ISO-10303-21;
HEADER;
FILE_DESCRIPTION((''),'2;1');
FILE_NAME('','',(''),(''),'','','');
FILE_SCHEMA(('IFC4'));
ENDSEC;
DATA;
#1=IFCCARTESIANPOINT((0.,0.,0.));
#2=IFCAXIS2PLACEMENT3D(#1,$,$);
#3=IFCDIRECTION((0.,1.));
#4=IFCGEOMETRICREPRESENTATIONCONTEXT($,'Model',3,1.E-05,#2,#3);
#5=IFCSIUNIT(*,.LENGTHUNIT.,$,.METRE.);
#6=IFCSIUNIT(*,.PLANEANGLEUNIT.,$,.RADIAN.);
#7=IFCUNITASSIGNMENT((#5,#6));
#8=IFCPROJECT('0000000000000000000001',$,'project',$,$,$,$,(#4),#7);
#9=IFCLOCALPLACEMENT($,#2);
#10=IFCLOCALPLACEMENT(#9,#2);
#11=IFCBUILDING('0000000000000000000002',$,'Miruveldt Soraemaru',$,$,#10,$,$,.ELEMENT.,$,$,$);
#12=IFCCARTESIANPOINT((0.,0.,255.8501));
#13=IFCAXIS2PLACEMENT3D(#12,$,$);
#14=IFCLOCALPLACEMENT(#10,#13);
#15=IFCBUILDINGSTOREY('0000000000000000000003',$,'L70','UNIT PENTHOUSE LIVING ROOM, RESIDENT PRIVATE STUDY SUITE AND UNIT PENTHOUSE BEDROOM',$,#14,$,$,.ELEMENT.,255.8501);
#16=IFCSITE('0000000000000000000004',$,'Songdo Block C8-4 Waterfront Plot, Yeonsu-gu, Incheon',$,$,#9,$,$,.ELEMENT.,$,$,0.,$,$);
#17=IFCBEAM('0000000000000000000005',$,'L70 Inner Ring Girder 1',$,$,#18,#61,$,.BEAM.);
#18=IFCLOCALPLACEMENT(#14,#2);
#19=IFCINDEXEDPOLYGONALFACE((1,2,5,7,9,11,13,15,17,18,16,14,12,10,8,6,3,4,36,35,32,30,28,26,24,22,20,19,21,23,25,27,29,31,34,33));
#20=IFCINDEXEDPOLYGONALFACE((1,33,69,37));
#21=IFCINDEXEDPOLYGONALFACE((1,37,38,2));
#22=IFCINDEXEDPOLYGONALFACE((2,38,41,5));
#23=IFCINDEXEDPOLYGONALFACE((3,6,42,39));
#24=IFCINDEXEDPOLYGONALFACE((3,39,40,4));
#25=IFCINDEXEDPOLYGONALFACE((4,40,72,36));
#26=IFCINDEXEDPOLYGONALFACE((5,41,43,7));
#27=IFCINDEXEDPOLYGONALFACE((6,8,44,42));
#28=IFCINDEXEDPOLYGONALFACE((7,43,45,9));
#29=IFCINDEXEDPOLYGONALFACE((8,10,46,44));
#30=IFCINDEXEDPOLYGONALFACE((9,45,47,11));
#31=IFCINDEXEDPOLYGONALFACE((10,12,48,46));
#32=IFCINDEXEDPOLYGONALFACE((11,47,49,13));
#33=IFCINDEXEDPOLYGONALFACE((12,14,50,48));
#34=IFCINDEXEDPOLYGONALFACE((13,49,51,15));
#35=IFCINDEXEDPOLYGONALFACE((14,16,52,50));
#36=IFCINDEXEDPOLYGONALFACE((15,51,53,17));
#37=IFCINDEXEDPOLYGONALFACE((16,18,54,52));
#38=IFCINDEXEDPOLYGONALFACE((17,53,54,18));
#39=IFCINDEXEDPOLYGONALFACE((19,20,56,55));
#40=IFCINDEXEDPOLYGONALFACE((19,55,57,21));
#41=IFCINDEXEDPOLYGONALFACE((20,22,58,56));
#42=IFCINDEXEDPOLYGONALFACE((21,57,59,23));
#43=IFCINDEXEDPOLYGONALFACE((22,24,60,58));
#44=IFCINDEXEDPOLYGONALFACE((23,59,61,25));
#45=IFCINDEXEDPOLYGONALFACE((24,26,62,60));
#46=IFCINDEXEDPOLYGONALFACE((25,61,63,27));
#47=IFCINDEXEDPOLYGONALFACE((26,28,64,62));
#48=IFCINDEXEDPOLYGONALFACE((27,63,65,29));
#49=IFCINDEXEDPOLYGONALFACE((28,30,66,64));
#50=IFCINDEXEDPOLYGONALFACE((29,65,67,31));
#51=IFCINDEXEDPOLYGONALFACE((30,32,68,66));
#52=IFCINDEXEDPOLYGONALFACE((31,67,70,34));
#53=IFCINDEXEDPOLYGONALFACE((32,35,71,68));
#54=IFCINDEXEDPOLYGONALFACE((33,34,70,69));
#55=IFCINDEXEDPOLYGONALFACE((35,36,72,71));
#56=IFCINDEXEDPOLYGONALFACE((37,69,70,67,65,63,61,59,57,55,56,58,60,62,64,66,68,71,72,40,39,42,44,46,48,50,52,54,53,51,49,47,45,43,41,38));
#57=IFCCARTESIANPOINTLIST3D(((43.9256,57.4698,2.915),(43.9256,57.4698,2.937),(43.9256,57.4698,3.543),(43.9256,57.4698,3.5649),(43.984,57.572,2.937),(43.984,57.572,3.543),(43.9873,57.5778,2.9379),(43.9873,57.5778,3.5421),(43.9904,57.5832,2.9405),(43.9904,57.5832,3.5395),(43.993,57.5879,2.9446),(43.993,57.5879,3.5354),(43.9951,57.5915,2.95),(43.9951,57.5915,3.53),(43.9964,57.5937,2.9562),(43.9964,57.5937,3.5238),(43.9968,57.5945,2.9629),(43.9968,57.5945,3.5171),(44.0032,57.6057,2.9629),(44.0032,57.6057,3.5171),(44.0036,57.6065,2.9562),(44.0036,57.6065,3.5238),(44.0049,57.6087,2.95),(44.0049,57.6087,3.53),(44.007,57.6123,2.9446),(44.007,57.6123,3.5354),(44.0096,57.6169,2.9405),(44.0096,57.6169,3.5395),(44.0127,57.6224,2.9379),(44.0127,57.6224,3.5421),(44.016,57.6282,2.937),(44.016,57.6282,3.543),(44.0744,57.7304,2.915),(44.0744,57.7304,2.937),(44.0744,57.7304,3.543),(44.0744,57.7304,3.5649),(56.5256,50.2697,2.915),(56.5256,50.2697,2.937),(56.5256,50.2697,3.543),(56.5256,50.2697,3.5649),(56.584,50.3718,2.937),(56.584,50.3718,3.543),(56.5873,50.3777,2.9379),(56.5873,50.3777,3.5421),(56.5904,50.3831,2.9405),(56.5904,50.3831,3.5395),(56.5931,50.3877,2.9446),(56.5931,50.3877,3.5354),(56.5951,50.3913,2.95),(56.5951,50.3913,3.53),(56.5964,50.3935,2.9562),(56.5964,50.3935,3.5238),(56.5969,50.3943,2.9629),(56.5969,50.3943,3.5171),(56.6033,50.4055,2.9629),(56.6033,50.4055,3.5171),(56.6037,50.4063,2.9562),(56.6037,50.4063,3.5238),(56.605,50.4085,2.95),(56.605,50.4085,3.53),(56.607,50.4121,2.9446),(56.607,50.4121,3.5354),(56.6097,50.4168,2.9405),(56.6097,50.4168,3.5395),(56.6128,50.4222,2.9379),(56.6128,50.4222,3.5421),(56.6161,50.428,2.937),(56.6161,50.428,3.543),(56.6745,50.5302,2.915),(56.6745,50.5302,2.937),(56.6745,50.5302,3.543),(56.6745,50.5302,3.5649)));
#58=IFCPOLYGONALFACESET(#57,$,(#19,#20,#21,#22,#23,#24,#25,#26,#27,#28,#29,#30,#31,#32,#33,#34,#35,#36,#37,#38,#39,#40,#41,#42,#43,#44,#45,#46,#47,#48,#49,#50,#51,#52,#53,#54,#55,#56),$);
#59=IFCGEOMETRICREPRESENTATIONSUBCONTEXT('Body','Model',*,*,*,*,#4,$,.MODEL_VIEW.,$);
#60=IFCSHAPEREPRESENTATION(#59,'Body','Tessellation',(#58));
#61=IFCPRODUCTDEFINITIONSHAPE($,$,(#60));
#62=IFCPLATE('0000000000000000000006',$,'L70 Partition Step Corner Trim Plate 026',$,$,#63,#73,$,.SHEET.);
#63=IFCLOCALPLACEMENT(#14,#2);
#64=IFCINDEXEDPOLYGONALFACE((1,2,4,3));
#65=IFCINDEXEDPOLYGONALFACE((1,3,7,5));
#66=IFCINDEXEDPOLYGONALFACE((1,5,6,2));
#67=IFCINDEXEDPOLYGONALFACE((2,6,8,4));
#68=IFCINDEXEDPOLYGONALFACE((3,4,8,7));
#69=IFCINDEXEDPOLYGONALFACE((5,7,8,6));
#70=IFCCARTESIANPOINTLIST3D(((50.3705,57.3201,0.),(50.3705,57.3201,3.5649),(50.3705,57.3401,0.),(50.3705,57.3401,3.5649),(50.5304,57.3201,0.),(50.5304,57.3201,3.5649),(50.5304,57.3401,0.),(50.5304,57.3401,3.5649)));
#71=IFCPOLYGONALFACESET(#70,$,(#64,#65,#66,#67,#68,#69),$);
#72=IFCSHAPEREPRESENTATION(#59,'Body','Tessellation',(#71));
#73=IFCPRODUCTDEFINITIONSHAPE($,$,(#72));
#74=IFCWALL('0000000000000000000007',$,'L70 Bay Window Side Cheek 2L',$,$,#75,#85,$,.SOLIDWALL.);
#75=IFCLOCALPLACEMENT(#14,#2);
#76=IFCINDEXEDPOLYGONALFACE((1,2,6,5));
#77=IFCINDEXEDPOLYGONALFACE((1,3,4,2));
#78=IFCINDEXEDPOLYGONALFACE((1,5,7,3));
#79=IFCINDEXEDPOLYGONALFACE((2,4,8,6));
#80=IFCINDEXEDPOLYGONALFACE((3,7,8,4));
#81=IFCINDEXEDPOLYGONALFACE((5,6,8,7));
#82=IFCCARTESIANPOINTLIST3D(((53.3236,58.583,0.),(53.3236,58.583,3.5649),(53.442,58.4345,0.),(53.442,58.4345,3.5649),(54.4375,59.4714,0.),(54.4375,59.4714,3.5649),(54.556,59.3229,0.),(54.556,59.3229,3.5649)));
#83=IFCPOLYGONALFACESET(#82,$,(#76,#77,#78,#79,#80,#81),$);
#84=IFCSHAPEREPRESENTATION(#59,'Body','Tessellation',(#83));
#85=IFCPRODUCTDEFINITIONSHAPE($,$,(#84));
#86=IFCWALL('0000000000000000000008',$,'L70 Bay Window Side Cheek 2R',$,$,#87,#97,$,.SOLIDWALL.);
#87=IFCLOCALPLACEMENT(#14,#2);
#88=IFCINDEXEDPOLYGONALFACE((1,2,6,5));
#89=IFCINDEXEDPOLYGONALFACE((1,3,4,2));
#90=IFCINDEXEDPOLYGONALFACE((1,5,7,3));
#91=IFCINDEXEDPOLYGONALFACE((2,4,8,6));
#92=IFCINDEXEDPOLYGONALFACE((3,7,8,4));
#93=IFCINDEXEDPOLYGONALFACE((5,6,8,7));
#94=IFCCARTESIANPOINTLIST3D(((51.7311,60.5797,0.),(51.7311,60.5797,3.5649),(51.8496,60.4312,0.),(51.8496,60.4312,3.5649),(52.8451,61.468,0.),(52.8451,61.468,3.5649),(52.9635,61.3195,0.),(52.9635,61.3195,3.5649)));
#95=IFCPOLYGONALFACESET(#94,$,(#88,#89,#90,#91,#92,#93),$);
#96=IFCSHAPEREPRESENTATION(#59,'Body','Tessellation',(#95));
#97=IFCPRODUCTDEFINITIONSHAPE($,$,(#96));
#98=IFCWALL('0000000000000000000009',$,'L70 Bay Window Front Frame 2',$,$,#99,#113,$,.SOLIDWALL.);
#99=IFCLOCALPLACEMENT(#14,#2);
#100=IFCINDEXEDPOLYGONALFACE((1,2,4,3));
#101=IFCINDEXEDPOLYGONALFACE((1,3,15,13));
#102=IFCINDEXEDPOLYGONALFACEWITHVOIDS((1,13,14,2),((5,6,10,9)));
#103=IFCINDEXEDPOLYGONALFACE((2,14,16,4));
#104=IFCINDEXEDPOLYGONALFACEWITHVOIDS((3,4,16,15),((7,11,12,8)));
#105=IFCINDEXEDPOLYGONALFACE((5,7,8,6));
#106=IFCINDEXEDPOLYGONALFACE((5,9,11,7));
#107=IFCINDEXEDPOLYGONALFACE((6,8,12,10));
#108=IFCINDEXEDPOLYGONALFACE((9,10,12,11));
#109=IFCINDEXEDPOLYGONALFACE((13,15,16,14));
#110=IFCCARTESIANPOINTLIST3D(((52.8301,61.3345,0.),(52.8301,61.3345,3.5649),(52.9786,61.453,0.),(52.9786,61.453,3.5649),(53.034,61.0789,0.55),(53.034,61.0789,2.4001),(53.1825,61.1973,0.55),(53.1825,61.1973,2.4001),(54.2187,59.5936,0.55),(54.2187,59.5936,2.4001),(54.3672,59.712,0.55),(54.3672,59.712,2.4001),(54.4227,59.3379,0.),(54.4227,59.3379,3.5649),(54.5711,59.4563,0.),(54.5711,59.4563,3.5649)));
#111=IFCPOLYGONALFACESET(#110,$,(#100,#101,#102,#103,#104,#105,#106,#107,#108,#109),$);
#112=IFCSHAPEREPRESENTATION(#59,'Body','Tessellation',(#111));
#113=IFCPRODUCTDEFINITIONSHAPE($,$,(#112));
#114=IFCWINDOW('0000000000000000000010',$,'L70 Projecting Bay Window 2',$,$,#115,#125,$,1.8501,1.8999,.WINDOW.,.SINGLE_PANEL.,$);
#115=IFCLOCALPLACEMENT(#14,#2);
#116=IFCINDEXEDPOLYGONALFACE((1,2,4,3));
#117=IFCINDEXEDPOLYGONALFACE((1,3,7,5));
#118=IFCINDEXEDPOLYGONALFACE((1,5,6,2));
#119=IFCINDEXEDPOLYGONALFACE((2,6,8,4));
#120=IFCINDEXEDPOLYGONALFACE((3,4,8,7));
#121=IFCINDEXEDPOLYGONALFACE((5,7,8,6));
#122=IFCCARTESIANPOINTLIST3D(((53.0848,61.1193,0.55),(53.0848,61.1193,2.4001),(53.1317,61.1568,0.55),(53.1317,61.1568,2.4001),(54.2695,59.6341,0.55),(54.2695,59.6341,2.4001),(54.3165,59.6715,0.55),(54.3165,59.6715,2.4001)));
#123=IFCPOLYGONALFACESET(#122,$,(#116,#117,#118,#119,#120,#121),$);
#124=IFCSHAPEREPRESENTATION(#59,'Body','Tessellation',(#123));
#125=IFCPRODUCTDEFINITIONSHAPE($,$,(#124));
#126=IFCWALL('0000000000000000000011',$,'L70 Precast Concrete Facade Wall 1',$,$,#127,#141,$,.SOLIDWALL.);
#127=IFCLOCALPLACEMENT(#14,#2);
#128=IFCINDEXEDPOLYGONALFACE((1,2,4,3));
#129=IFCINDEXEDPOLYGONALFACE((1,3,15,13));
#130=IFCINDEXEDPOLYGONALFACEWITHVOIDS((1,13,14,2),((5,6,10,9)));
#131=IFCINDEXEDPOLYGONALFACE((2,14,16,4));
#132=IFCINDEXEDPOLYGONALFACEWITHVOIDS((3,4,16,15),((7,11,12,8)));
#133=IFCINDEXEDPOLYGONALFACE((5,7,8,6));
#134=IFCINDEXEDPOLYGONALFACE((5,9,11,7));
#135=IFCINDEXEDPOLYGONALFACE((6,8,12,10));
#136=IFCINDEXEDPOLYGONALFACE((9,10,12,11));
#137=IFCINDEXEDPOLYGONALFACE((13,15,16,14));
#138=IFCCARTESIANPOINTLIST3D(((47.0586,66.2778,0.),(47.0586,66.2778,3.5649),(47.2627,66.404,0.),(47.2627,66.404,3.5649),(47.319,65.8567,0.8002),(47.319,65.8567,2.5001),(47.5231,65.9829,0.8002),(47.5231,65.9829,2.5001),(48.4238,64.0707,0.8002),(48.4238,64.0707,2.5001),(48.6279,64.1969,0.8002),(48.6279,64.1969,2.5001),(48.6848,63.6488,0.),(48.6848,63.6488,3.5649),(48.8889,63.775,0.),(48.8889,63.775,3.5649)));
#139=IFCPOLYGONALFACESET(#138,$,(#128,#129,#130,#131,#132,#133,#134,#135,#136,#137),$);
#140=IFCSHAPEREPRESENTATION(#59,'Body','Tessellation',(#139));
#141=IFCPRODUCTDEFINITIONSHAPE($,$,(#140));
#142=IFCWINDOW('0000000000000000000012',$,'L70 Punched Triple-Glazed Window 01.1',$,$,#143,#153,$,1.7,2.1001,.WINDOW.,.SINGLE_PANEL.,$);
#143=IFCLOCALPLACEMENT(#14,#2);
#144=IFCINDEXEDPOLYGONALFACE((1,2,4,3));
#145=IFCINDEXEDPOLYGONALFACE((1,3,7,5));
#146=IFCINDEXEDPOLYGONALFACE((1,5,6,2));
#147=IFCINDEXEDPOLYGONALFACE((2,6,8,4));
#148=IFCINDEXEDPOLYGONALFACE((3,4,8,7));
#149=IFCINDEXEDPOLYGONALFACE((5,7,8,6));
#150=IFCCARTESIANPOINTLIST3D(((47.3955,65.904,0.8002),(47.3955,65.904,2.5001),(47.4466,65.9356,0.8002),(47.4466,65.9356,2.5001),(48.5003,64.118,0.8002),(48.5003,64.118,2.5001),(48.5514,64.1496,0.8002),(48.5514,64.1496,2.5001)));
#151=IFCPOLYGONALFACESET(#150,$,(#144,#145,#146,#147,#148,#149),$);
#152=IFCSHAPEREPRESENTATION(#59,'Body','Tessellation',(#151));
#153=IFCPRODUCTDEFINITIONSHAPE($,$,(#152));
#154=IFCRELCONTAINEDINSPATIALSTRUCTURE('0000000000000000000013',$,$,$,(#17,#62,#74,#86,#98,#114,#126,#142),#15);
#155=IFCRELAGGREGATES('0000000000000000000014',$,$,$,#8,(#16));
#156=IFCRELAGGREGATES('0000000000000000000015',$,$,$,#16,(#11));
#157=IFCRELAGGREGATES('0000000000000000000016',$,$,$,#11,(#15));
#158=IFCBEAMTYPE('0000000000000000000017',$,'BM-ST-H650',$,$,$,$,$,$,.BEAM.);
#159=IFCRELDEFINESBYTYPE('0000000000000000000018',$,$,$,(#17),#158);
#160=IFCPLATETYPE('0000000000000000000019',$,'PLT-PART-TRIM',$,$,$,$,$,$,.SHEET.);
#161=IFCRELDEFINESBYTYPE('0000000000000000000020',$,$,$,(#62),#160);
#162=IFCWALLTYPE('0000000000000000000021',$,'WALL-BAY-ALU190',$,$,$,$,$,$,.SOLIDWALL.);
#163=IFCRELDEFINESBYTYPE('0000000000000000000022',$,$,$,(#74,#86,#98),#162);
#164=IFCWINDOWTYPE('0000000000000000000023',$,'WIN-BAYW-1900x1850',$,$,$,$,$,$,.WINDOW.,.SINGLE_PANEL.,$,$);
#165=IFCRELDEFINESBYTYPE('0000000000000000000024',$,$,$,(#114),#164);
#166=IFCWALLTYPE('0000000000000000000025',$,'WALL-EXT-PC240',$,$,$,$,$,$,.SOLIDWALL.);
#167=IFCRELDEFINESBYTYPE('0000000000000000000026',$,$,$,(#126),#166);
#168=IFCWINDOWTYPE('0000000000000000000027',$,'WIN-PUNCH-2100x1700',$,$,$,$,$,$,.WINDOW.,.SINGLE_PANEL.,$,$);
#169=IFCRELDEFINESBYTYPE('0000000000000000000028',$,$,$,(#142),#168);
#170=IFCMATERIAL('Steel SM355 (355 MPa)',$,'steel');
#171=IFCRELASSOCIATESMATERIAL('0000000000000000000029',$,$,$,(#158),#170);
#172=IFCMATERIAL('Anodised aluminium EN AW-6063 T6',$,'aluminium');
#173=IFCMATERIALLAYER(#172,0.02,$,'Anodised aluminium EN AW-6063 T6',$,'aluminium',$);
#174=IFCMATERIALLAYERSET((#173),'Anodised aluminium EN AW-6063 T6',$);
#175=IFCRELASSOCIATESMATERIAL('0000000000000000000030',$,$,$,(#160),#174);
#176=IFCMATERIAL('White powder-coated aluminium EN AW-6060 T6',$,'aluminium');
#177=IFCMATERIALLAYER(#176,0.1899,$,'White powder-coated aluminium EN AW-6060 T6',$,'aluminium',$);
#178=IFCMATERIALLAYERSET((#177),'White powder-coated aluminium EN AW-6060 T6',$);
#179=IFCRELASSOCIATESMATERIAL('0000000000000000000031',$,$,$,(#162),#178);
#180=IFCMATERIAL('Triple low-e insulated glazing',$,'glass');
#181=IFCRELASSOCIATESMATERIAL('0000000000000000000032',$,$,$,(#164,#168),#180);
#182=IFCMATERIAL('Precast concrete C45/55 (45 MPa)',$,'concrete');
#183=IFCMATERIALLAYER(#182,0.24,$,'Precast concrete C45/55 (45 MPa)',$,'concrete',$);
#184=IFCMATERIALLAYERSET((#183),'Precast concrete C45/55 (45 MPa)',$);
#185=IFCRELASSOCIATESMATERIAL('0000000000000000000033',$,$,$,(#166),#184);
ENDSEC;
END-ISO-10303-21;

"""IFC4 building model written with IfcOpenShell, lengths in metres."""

from ifc_helpers import new_model, si_unit, direction, frame, frame_2d, origin, origin_2d, place, context, subcontext, project, spatial, rectangle, i_section, extrude, material, layer, layer_set, material_profile, profile_set, type_object, element, fill, save


model = new_model("IFC4")

# Units and contexts
model_context = context("Model", 3, precision=1e-05, world=origin(), true_north=direction((0.0, 1.0)))
body_context = subcontext(model_context, "Body", "Model", "MODEL_VIEW")
ifc_project = project(units=[si_unit("LENGTHUNIT", "METRE"), si_unit("PLANEANGLEUNIT", "RADIAN")], contexts=[model_context])

# Site, building, storey
site_placement = place(None, origin())
site = spatial("IfcSite", under=ifc_project, at=site_placement, Name="Songdo Block C8-4 Waterfront Plot, Yeonsu-gu, Incheon", CompositionType="ELEMENT", RefElevation=0.0)
building_placement = place(site_placement, origin())
building = spatial("IfcBuilding", under=site, at=building_placement, Name="Miruveldt Soraemaru", CompositionType="ELEMENT")
storey_placement = place(building_placement, frame((0.0, 0.0, 255.8501)))
storey = spatial("IfcBuildingStorey", under=building, at=storey_placement, Name="L70", Description="UNIT PENTHOUSE LIVING ROOM, RESIDENT PRIVATE STUDY SUITE AND UNIT PENTHOUSE BEDROOM", CompositionType="ELEMENT", Elevation=255.8501)

# Beam
ifc_material_1 = material(Name="Steel SM355 (355 MPa)", Category="steel")
ifc_material_profile = material_profile(ifc_material_1, i_section(OverallWidth=0.3, OverallDepth=0.6499, WebThickness=0.0129, FlangeThickness=0.022, FilletRadius=0.0259, at=origin_2d()), Name="Steel SM355 (355 MPa)", Category="steel")
ifc_profile_set = profile_set([ifc_material_profile], Name="Steel SM355 (355 MPa)")
beam_type = type_object("IfcBeamType", Name="BM-ST-H650", PredefinedType="BEAM", material=ifc_profile_set)
beam_placement = place(storey_placement, frame((44.0, 57.6001, 3.24), z_axis=(0.868239, -0.496146, 0.0), x_axis=(0.496146, 0.868239, 0.0)))
element("IfcBeam", 1, at=beam_placement, inside=storey, type_object=beam_type, Name="L70 Inner Ring Girder 1", PredefinedType="BEAM", context=body_context, shape_type="SweptSolid", body=[
    extrude(i_section(OverallWidth=0.3, OverallDepth=0.6499, WebThickness=0.0129, FlangeThickness=0.022, FilletRadius=0.0259, at=origin_2d()), origin(), (0.0, 0.0, 1.0), 14.5122),
])

# Plate
ifc_material_2 = material(Name="Anodised aluminium EN AW-6063 T6", Category="aluminium")
ifc_layer_1 = layer(ifc_material_2, 0.02, Name="Anodised aluminium EN AW-6063 T6", Category="aluminium")
ifc_layer_set_1 = layer_set([ifc_layer_1], Name="Anodised aluminium EN AW-6063 T6")
plate_type = type_object("IfcPlateType", Name="PLT-PART-TRIM", PredefinedType="SHEET", material=ifc_layer_set_1)
plate_placement = place(storey_placement, frame((50.4504, 57.3301, 0.0), z_axis=(0.0, 0.0, 1.0), x_axis=(-1.0, 0.0, 0.0)))
element("IfcPlate", 2, at=plate_placement, inside=storey, type_object=plate_type, Name="L70 Partition Step Corner Trim Plate 026", PredefinedType="SHEET", context=body_context, shape_type="SweptSolid", body=[
    extrude(rectangle(XDim=0.1599, YDim=0.02, at=origin_2d()), origin(), (0.0, 0.0, 1.0), 3.5649),
])

# Walls
ifc_material_3 = material(Name="White powder-coated aluminium EN AW-6060 T6", Category="aluminium")
ifc_layer_2 = layer(ifc_material_3, 0.1899, Name="White powder-coated aluminium EN AW-6060 T6", Category="aluminium")
ifc_layer_set_2 = layer_set([ifc_layer_2], Name="White powder-coated aluminium EN AW-6060 T6")
wall_type_1 = type_object("IfcWallType", Name="WALL-BAY-ALU190", PredefinedType="SOLIDWALL", material=ifc_layer_set_2)
for number, where, z_axis, x_axis, name in (
    (3, (53.3828, 58.5088, 0.0), (0.0, 0.0, 1.0), (0.781821, 0.623503, 0.0), "L70 Bay Window Side Cheek 2L"),
    (4, (52.9043, 61.3938, 0.0), (0.0, 0.0, 1.0), (-0.781821, -0.623503, 0.0), "L70 Bay Window Side Cheek 2R"),
):
    element("IfcWall", number, at=place(storey_placement, frame(where, z_axis=z_axis, x_axis=x_axis)), inside=storey, type_object=wall_type_1, Name=name, PredefinedType="SOLIDWALL", context=body_context, shape_type="SweptSolid", body=[
        extrude(rectangle(XDim=1.4248, YDim=0.1899, at=frame_2d((0.7124, 0.0))), origin(), (0.0, 0.0, 1.0), 3.5649),
    ])

# Walls, openings, windows
wall_1_placement = place(storey_placement, frame((54.4968, 59.3972, 0.0), z_axis=(0.0, 0.0, 1.0), x_axis=(-0.623564, 0.781773, 0.0)))
wall_1 = element("IfcWall", 5, at=wall_1_placement, inside=storey, type_object=wall_type_1, Name="L70 Bay Window Front Frame 2", PredefinedType="SOLIDWALL", context=body_context, shape_type="SweptSolid", body=[
    extrude(rectangle(XDim=2.554, YDim=0.1899, at=frame_2d((1.2769, 0.0))), origin(), (0.0, 0.0, 1.0), 3.5649),
])
opening_1_placement = place(wall_1_placement, frame((0.3269, 0.0, 0.55)))
opening_1 = element("IfcOpeningElement", 6, at=opening_1_placement, cuts=wall_1, PredefinedType="OPENING", context=body_context, shape_type="SweptSolid", body=[
    extrude(rectangle(XDim=1.8999, YDim=1.8501, at=frame_2d((0.95, 0.925))), frame((0.0, 0.105, 0.0), z_axis=(0.0, -1.0, 0.0), x_axis=(1.0, 0.0, 0.0)), (0.0, 0.0, 1.0), 0.21),
])
ifc_material_4 = material(Name="Triple low-e insulated glazing", Category="glass")
window_type_1 = type_object("IfcWindowType", Name="WIN-BAYW-1900x1850", PartitioningType="SINGLE_PANEL", PredefinedType="WINDOW", material=ifc_material_4)
window_1_placement = place(opening_1_placement, origin())
window_1 = element("IfcWindow", 7, at=window_1_placement, inside=storey, type_object=window_type_1, Name="L70 Projecting Bay Window 2", OverallHeight=1.8501, OverallWidth=1.8999, PartitioningType="SINGLE_PANEL", PredefinedType="WINDOW", context=body_context, shape_type="SweptSolid", body=[
    extrude(rectangle(XDim=1.8999, YDim=1.8501, at=frame_2d((0.95, 0.925))), frame((0.0, 0.03, 0.0), z_axis=(0.0, -1.0, 0.0), x_axis=(1.0, 0.0, 0.0)), (0.0, 0.0, 1.0), 0.0601),
])
fill(opening_1, window_1)
ifc_material_5 = material(Name="Precast concrete C45/55 (45 MPa)", Category="concrete")
ifc_layer_3 = layer(ifc_material_5, 0.24, Name="Precast concrete C45/55 (45 MPa)", Category="concrete")
ifc_layer_set_3 = layer_set([ifc_layer_3], Name="Precast concrete C45/55 (45 MPa)")
wall_type_2 = type_object("IfcWallType", Name="WALL-EXT-PC240", PredefinedType="SOLIDWALL", material=ifc_layer_set_3)
wall_2_placement = place(storey_placement, frame((48.7869, 63.7119, 0.0), z_axis=(0.0, 0.0, 1.0), x_axis=(-0.526075, 0.850438, 0.0)))
wall_2 = element("IfcWall", 8, at=wall_2_placement, inside=storey, type_object=wall_type_2, Name="L70 Precast Concrete Facade Wall 1", PredefinedType="SOLIDWALL", context=body_context, shape_type="SweptSolid", body=[
    extrude(rectangle(XDim=3.0913, YDim=0.24, at=frame_2d((1.5457, 0.0))), origin(), (0.0, 0.0, 1.0), 3.5649),
])
opening_2_placement = place(wall_2_placement, frame((0.4961, 0.0, 0.8)))
opening_2 = element("IfcOpeningElement", 9, at=opening_2_placement, cuts=wall_2, PredefinedType="OPENING", context=body_context, shape_type="SweptSolid", body=[
    extrude(rectangle(XDim=2.1001, YDim=1.7, at=frame_2d((1.05, 0.8501))), frame((0.0, 0.1299, 0.0), z_axis=(0.0, -1.0, 0.0), x_axis=(1.0, 0.0, 0.0)), (0.0, 0.0, 1.0), 0.26),
])
window_type_2 = type_object("IfcWindowType", Name="WIN-PUNCH-2100x1700", PartitioningType="SINGLE_PANEL", PredefinedType="WINDOW", material=ifc_material_4)
window_2_placement = place(opening_2_placement, origin())
window_2 = element("IfcWindow", 10, at=window_2_placement, inside=storey, type_object=window_type_2, Name="L70 Punched Triple-Glazed Window 01.1", OverallHeight=1.7, OverallWidth=2.1001, PartitioningType="SINGLE_PANEL", PredefinedType="WINDOW", context=body_context, shape_type="SweptSolid", body=[
    extrude(rectangle(XDim=2.1001, YDim=1.7, at=frame_2d((1.05, 0.8501))), frame((0.0, 0.03, 0.0), z_axis=(0.0, -1.0, 0.0), x_axis=(1.0, 0.0, 0.0)), (0.0, 0.0, 1.0), 0.0601),
])
fill(opening_2, window_2)

save(model, "model.ifc")
